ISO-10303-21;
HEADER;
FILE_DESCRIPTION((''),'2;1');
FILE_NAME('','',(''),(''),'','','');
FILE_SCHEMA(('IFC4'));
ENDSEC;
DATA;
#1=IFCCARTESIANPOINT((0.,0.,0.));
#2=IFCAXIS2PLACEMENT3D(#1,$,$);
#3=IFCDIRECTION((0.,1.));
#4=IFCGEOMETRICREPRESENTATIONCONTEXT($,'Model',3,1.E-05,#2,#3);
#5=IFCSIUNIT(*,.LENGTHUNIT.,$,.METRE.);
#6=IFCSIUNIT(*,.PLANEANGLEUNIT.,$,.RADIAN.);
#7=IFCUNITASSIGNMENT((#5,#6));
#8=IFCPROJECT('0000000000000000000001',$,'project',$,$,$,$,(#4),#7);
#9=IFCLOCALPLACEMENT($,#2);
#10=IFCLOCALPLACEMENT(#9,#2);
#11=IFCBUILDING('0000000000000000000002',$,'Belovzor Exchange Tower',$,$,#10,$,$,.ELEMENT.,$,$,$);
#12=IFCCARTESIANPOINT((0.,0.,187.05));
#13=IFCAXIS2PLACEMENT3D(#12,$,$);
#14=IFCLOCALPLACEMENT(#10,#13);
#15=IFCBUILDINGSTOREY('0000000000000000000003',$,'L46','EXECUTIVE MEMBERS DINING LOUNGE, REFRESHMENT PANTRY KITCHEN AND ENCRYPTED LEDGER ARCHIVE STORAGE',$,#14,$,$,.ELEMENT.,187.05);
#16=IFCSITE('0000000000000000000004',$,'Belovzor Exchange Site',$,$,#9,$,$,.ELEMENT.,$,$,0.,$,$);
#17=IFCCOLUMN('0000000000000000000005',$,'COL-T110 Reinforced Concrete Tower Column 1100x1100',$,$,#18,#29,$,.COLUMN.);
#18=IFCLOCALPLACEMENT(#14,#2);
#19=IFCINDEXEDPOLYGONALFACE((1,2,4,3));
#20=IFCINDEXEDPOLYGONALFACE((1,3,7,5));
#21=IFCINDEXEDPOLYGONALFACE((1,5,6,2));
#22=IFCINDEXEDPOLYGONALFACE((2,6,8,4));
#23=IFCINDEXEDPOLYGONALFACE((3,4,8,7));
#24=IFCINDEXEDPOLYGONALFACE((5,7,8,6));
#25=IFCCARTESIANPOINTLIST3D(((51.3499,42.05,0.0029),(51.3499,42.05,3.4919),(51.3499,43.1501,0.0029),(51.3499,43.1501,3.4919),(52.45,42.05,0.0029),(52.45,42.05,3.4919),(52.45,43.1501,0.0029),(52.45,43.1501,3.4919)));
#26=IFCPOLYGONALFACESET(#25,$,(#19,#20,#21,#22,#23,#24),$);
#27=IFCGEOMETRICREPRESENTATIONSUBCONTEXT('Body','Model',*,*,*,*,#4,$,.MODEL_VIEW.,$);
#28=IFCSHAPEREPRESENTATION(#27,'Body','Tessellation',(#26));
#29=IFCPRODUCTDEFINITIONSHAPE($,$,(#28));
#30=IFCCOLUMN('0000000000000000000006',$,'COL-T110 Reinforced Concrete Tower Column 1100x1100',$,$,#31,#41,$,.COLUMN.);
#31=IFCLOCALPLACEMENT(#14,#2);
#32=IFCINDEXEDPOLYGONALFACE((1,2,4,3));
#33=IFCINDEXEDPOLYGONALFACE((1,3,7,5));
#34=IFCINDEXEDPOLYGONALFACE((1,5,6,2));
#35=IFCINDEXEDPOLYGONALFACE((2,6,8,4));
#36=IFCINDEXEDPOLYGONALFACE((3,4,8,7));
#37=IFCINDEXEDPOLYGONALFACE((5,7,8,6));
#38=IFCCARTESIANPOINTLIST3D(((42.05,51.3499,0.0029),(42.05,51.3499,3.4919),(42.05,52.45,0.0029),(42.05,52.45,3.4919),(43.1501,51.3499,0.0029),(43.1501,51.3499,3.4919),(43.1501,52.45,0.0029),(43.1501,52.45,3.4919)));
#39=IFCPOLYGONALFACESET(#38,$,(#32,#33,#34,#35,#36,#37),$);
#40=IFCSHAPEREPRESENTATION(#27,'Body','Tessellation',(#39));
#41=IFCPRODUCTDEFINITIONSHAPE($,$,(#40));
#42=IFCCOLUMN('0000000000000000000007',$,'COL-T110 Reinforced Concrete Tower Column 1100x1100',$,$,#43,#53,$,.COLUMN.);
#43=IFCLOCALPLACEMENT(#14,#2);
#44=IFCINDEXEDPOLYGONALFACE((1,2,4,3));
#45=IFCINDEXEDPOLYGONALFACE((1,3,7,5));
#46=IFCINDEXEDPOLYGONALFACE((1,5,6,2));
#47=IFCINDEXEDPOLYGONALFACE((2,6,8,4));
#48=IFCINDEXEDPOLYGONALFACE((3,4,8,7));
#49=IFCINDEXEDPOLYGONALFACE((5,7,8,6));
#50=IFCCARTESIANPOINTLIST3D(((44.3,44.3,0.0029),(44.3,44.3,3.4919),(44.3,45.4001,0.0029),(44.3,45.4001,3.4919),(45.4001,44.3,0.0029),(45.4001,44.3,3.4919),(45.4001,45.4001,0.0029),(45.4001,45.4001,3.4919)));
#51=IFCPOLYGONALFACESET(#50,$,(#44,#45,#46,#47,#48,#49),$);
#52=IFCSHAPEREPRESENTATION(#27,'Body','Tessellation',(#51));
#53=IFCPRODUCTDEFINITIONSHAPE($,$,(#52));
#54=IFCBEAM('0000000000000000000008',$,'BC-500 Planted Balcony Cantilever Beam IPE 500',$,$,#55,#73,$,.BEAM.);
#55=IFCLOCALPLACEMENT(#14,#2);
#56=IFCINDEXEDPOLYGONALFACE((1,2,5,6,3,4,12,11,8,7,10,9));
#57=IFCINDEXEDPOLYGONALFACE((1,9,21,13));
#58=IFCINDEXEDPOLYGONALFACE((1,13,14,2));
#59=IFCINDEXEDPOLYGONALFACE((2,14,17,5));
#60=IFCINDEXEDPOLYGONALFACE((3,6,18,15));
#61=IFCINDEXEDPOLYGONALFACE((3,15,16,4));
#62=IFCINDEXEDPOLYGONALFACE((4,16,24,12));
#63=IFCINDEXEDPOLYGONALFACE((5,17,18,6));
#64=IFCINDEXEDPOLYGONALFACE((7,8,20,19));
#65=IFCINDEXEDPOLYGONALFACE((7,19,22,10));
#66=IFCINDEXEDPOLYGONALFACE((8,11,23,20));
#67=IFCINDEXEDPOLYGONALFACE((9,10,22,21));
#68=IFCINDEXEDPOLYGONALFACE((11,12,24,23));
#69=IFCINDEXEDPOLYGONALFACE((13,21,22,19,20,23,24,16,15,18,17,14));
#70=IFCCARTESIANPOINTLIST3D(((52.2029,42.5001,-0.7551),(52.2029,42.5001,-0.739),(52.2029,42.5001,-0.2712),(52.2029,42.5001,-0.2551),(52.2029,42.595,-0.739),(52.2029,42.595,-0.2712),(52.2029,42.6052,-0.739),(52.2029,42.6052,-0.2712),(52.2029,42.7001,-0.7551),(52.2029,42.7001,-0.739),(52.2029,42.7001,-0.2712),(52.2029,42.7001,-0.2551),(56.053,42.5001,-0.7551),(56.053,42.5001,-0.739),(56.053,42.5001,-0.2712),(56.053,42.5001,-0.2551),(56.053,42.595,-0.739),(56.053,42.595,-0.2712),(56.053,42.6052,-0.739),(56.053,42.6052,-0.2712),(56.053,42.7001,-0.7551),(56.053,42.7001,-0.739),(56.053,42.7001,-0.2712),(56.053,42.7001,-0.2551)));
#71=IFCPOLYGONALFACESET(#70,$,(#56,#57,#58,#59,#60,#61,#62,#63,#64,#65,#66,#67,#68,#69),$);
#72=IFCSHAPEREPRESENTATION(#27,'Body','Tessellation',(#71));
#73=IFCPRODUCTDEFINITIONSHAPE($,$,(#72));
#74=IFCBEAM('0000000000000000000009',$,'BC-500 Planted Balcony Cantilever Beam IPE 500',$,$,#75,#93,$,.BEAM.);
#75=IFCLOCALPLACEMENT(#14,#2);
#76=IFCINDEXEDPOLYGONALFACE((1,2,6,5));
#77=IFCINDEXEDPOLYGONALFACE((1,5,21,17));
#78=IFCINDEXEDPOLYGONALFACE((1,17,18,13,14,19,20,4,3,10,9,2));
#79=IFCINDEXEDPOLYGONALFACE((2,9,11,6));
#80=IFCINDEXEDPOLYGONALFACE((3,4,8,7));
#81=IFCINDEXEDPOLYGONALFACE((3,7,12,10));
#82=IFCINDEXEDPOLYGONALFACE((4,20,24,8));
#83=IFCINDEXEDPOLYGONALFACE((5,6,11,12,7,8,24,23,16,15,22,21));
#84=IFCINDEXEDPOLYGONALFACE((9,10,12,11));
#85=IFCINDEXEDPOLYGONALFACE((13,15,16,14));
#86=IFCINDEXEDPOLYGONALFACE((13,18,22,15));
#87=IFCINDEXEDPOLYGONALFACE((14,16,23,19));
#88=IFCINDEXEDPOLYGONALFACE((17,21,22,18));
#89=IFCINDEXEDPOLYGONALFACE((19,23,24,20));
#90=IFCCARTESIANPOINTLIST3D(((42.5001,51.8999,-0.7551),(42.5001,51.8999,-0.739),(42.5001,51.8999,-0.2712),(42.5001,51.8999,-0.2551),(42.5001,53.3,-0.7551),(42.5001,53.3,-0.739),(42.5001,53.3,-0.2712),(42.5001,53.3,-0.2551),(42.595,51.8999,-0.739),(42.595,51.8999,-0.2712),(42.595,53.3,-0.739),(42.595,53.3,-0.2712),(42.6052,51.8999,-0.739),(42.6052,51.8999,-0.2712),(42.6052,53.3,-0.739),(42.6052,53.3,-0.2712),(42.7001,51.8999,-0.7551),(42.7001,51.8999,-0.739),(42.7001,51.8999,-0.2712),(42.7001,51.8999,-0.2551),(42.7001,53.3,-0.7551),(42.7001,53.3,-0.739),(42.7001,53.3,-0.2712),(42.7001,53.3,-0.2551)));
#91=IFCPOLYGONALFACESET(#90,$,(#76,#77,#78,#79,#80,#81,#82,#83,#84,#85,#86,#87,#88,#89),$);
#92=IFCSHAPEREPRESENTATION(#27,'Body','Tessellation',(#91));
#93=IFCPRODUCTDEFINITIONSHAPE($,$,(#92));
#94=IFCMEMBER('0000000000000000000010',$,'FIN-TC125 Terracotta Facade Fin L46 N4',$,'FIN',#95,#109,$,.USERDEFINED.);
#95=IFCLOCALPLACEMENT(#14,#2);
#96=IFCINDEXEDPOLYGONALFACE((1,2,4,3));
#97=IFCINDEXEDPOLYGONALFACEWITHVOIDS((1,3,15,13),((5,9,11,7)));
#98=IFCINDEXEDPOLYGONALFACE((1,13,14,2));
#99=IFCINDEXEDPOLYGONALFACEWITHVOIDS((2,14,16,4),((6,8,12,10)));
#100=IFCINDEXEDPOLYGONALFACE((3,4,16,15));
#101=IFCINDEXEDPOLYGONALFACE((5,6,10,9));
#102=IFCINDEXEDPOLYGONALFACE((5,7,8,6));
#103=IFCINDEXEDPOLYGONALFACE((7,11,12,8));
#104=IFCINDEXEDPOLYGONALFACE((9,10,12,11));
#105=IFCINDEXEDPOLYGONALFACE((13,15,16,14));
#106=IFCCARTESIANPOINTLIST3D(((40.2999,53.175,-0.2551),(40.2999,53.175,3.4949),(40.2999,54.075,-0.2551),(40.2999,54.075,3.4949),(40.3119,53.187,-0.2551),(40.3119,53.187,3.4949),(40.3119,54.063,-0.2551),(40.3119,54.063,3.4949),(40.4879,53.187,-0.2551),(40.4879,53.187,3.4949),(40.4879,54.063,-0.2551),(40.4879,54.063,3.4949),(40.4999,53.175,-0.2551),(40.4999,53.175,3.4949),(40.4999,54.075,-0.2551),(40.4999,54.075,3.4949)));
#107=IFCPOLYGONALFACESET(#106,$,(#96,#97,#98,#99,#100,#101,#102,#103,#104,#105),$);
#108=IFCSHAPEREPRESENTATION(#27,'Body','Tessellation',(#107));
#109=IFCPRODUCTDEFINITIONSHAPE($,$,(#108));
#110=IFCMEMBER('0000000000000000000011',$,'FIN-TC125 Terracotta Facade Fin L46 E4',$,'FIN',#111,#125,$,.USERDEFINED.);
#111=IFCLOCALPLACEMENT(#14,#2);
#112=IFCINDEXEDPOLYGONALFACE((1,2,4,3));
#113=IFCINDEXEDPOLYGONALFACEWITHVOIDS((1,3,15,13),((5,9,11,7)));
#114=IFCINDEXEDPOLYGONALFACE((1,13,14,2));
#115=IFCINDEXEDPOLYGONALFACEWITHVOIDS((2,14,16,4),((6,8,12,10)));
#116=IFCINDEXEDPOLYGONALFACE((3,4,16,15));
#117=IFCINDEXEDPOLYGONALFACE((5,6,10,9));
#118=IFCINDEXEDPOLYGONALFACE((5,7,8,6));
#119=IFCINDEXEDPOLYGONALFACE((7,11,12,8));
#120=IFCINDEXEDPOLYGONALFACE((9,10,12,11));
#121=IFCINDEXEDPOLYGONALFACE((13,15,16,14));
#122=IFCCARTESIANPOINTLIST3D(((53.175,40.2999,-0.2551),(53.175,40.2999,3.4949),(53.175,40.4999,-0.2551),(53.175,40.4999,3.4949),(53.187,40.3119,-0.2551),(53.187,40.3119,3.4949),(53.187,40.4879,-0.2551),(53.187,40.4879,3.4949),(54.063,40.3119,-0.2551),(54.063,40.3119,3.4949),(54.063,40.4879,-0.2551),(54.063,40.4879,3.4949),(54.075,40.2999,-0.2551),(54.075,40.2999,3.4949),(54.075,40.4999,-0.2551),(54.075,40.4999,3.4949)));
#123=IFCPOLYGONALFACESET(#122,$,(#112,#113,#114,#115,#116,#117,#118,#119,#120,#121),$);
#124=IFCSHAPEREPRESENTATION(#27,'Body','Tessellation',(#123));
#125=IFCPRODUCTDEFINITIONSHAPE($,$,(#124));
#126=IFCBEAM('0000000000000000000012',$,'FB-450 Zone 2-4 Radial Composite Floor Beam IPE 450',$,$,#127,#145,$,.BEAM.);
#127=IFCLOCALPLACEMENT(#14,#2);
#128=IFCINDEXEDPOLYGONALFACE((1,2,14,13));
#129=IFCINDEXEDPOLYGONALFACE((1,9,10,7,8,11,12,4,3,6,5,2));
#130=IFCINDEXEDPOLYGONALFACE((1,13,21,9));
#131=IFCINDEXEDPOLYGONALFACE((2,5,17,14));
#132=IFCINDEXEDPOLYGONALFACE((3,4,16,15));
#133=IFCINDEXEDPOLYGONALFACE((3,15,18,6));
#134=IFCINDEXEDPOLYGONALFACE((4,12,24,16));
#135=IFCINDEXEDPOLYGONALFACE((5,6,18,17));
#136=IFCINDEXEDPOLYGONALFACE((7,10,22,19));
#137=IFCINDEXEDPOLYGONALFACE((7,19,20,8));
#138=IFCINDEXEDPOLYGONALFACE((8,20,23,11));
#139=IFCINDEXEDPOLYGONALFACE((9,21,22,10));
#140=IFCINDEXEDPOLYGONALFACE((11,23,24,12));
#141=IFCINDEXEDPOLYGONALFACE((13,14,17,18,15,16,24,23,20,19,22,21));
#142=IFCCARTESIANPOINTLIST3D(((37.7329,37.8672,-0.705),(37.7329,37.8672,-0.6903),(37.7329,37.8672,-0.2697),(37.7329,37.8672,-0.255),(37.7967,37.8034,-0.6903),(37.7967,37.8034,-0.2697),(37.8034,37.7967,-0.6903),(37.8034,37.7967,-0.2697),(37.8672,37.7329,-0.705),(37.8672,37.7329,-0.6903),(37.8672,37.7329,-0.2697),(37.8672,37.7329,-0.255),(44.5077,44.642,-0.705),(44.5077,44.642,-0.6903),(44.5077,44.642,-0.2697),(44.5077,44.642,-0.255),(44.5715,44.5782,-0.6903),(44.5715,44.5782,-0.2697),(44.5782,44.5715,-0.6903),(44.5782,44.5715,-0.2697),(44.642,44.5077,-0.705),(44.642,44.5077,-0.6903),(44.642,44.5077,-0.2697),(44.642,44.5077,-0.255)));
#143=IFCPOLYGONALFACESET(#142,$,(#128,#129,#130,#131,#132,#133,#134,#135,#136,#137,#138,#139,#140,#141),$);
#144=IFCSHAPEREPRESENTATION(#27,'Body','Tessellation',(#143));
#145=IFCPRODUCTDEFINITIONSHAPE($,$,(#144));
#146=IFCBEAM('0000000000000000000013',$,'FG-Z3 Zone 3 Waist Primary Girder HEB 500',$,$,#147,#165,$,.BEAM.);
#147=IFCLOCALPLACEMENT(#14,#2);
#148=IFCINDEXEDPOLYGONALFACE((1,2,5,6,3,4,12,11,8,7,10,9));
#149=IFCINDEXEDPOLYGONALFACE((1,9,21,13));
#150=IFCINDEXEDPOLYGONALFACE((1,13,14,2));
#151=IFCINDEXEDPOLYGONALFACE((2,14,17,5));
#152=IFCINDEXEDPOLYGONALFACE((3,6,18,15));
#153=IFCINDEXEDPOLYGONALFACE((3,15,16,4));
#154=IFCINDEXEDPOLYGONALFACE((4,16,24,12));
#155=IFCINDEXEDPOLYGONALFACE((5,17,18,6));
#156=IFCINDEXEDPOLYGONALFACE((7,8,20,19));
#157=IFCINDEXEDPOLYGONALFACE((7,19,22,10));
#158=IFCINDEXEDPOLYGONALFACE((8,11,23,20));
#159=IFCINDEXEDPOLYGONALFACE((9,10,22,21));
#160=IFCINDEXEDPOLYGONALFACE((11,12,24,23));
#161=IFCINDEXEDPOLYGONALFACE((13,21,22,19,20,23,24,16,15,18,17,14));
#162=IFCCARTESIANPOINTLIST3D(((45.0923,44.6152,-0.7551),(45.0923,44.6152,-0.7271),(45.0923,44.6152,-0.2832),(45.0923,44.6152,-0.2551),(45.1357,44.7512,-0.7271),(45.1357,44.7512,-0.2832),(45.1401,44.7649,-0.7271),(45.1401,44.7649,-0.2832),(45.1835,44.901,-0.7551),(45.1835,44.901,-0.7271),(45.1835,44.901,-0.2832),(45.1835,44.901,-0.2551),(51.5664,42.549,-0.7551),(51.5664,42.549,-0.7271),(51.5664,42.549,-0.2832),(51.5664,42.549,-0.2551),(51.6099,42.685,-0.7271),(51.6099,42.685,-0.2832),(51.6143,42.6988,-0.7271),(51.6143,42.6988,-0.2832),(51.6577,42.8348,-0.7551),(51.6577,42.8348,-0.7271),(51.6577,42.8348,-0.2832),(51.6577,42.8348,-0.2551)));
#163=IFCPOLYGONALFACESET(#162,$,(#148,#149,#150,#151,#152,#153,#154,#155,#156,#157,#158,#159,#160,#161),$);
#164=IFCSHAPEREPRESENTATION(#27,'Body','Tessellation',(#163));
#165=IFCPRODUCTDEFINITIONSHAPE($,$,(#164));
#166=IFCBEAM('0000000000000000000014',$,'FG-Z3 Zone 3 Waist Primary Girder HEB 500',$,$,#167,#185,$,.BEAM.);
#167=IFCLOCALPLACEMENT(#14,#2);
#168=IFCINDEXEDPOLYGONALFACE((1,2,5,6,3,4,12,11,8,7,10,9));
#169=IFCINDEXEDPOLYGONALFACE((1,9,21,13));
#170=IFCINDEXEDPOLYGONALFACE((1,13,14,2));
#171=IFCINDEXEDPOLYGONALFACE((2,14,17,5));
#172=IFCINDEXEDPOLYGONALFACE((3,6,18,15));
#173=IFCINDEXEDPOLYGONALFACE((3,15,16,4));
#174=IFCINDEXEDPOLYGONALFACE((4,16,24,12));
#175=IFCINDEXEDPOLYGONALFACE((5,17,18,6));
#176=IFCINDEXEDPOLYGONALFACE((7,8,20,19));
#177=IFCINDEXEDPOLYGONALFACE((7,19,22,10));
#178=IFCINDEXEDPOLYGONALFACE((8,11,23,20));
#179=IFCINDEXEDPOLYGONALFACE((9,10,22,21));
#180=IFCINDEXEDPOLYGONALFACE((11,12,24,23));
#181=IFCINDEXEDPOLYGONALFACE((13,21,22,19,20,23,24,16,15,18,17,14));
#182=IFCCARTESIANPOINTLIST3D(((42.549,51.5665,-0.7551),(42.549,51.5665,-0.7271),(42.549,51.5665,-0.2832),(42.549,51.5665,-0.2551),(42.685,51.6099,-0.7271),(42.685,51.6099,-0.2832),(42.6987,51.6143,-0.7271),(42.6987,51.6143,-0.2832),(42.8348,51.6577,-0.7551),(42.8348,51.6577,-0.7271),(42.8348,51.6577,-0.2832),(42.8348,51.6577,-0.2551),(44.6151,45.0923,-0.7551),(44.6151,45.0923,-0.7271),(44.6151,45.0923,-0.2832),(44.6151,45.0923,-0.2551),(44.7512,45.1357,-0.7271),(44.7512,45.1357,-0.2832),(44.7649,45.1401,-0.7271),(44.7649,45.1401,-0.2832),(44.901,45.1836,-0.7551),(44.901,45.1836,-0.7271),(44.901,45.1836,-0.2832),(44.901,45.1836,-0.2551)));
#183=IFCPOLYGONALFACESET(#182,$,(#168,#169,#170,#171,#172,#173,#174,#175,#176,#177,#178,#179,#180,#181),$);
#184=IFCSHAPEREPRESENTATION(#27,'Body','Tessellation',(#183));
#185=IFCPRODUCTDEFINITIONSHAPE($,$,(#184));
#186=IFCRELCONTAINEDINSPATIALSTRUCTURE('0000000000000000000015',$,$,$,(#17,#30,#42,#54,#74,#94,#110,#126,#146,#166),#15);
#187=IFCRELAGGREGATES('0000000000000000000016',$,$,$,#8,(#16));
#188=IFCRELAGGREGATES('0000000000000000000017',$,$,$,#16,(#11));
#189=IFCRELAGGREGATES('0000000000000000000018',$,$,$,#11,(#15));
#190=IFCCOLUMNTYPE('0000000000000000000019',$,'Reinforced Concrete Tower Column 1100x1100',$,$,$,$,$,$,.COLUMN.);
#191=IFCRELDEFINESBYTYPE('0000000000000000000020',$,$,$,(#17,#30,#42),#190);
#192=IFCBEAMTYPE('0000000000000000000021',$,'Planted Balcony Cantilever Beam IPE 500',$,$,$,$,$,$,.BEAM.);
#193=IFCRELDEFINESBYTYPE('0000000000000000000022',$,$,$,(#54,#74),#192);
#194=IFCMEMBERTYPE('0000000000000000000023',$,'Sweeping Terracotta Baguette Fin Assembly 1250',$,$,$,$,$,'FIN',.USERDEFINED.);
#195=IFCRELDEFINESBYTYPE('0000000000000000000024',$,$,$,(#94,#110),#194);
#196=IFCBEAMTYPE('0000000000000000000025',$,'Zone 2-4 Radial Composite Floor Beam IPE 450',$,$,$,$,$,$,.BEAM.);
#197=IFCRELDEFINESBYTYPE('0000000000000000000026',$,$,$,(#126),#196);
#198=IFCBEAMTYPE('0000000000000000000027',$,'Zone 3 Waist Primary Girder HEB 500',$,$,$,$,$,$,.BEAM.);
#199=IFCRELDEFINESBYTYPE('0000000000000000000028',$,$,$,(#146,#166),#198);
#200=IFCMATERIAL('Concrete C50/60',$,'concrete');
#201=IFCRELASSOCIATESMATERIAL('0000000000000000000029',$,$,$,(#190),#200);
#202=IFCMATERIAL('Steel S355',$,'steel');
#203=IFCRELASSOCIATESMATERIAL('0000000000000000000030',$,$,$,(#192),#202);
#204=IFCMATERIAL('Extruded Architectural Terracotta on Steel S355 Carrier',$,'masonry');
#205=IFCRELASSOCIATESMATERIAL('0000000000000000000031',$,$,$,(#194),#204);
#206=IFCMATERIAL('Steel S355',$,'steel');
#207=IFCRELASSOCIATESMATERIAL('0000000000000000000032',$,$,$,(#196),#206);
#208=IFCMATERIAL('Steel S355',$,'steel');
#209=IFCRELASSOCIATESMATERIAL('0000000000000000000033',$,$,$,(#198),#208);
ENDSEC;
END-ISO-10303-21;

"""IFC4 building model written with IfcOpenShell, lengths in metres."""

from ifc_helpers import new_model, si_unit, direction, frame, origin, origin_2d, place, context, subcontext, project, spatial, rectangle, hollow_rectangle, i_section, extrude, material, material_profile, profile_set, type_object, element, save


model = new_model("IFC4")

# Units and contexts
model_context = context("Model", 3, precision=1e-05, world=origin(), true_north=direction((0.0, 1.0)))
body_context = subcontext(model_context, "Body", "Model", "MODEL_VIEW")
ifc_project = project(units=[si_unit("LENGTHUNIT", "METRE"), si_unit("PLANEANGLEUNIT", "RADIAN")], contexts=[model_context])

# Site, building, storey
site_placement = place(None, origin())
site = spatial("IfcSite", under=ifc_project, at=site_placement, Name="Belovzor Exchange Site", CompositionType="ELEMENT", RefElevation=0.0)
building_placement = place(site_placement, origin())
building = spatial("IfcBuilding", under=site, at=building_placement, Name="Belovzor Exchange Tower", CompositionType="ELEMENT")
storey_placement = place(building_placement, frame((0.0, 0.0, 187.05)))
storey = spatial("IfcBuildingStorey", under=building, at=storey_placement, Name="L46", Description="EXECUTIVE MEMBERS DINING LOUNGE, REFRESHMENT PANTRY KITCHEN AND ENCRYPTED LEDGER ARCHIVE STORAGE", CompositionType="ELEMENT", Elevation=187.05)

# Columns
ifc_material_1 = material(Name="Concrete C50/60", Category="concrete")
ifc_material_profile_1 = material_profile(ifc_material_1, rectangle(XDim=1.1001, YDim=1.1001, at=origin_2d()))
ifc_profile_set_1 = profile_set([ifc_material_profile_1], Name="Concrete C50/60")
column_type = type_object("IfcColumnType", Name="Reinforced Concrete Tower Column 1100x1100", PredefinedType="COLUMN", material=ifc_profile_set_1)
for number, where, z_axis, x_axis, name in (
    (1, (51.8999, 42.6001, 0.0029), (0.0, 0.0, 1.0), (1.0, 0.0, 0.0), "COL-T110 Reinforced Concrete Tower Column 1100x1100"),
    (2, (42.6001, 51.8999, 0.0029), (0.0, 0.0, 1.0), (1.0, 0.0, 0.0), "COL-T110 Reinforced Concrete Tower Column 1100x1100"),
    (3, (44.8501, 44.8501, 0.0029), (0.0, 0.0, 1.0), (1.0, 0.0, 0.0), "COL-T110 Reinforced Concrete Tower Column 1100x1100"),
):
    element("IfcColumn", number, at=place(storey_placement, frame(where, z_axis=z_axis, x_axis=x_axis)), inside=storey, type_object=column_type, Name=name, PredefinedType="COLUMN", context=body_context, shape_type="SweptSolid", body=[
        extrude(rectangle(XDim=1.1001, YDim=1.1001, at=origin_2d()), origin(), (0.0, 0.0, 1.0), 3.489),
    ])

# Beams
ifc_material_2 = material(Name="Steel S355", Category="steel")
ifc_material_profile_2 = material_profile(ifc_material_2, i_section(OverallWidth=0.2, OverallDepth=0.5, WebThickness=0.0103, FlangeThickness=0.0161, at=origin_2d()))
ifc_profile_set_2 = profile_set([ifc_material_profile_2], Name="Steel S355")
beam_type_1 = type_object("IfcBeamType", Name="Planted Balcony Cantilever Beam IPE 500", PredefinedType="BEAM", material=ifc_profile_set_2)
beam_1_placement = place(storey_placement, frame((52.2029, 42.6001, -0.5051), z_axis=(1.0, 0.0, 0.0), x_axis=(0.0, 1.0, 0.0)))
element("IfcBeam", 4, at=beam_1_placement, inside=storey, type_object=beam_type_1, Name="BC-500 Planted Balcony Cantilever Beam IPE 500", PredefinedType="BEAM", context=body_context, shape_type="SweptSolid", body=[
    extrude(i_section(OverallWidth=0.2, OverallDepth=0.5, WebThickness=0.0103, FlangeThickness=0.0161, at=origin_2d()), origin(), (0.0, 0.0, 1.0), 3.8501),
])
beam_2_placement = place(storey_placement, frame((42.6001, 51.8999, -0.5051), z_axis=(0.0, 1.0, 0.0), x_axis=(-1.0, 0.0, 0.0)))
element("IfcBeam", 5, at=beam_2_placement, inside=storey, type_object=beam_type_1, Name="BC-500 Planted Balcony Cantilever Beam IPE 500", PredefinedType="BEAM", context=body_context, shape_type="SweptSolid", body=[
    extrude(i_section(OverallWidth=0.2, OverallDepth=0.5, WebThickness=0.0103, FlangeThickness=0.0161, at=origin_2d()), origin(), (0.0, 0.0, 1.0), 1.4001),
])

# Members
ifc_material_3 = material(Name="Extruded Architectural Terracotta on Steel S355 Carrier", Category="masonry")
ifc_material_profile_3 = material_profile(ifc_material_3, hollow_rectangle(XDim=0.2, YDim=0.8999, WallThickness=0.012, at=origin_2d()))
ifc_profile_set_3 = profile_set([ifc_material_profile_3], Name="Extruded Architectural Terracotta on Steel S355 Carrier")
member_type = type_object("IfcMemberType", Name="Sweeping Terracotta Baguette Fin Assembly 1250", ElementType="FIN", PredefinedType="USERDEFINED", material=ifc_profile_set_3)
for number, where, z_axis, x_axis, name in (
    (6, (40.3999, 53.625, -0.2551), (0.0, 0.0, 1.0), (1.0, 0.0, 0.0), "FIN-TC125 Terracotta Facade Fin L46 N4"),
    (7, (53.625, 40.3999, -0.2551), (0.0, 0.0, 1.0), (0.0, 1.0, 0.0), "FIN-TC125 Terracotta Facade Fin L46 E4"),
):
    element("IfcMember", number, at=place(storey_placement, frame(where, z_axis=z_axis, x_axis=x_axis)), inside=storey, type_object=member_type, Name=name, ObjectType="FIN", PredefinedType="USERDEFINED", context=body_context, shape_type="SweptSolid", body=[
        extrude(hollow_rectangle(XDim=0.2, YDim=0.8999, WallThickness=0.012, at=origin_2d()), origin(), (0.0, 0.0, 1.0), 3.75),
    ])

# Beams
ifc_material_4 = material(Name="Steel S355", Category="steel")
ifc_material_profile_4 = material_profile(ifc_material_4, i_section(OverallWidth=0.1899, OverallDepth=0.45, WebThickness=0.0095, FlangeThickness=0.0146, at=origin_2d()))
ifc_profile_set_4 = profile_set([ifc_material_profile_4], Name="Steel S355")
beam_type_2 = type_object("IfcBeamType", Name="Zone 2-4 Radial Composite Floor Beam IPE 450", PredefinedType="BEAM", material=ifc_profile_set_4)
beam_3_placement = place(storey_placement, frame((37.8, 37.8, -0.48), z_axis=(0.707107, 0.707107, 0.0), x_axis=(-0.707107, 0.707107, 0.0)))
element("IfcBeam", 8, at=beam_3_placement, inside=storey, type_object=beam_type_2, Name="FB-450 Zone 2-4 Radial Composite Floor Beam IPE 450", PredefinedType="BEAM", context=body_context, shape_type="SweptSolid", body=[
    extrude(i_section(OverallWidth=0.1899, OverallDepth=0.45, WebThickness=0.0095, FlangeThickness=0.0146, at=origin_2d()), origin(), (0.0, 0.0, 1.0), 9.5811),
])
ifc_material_5 = material(Name="Steel S355", Category="steel")
ifc_material_profile_5 = material_profile(ifc_material_5, i_section(OverallWidth=0.3, OverallDepth=0.5, WebThickness=0.0144, FlangeThickness=0.0281, at=origin_2d()))
ifc_profile_set_5 = profile_set([ifc_material_profile_5], Name="Steel S355")
beam_type_3 = type_object("IfcBeamType", Name="Zone 3 Waist Primary Girder HEB 500", PredefinedType="BEAM", material=ifc_profile_set_5)
for number, where, z_axis, x_axis, name in (
    (9, (51.6121, 42.6919, -0.5051), (-0.952661, 0.304034, 0.0), (-0.304034, -0.952661, 0.0), "FG-Z3 Zone 3 Waist Primary Girder HEB 500"),
    (10, (44.7581, 45.1379, -0.5051), (-0.304034, 0.952661, 0.0), (-0.952661, -0.304034, 0.0), "FG-Z3 Zone 3 Waist Primary Girder HEB 500"),
):
    element("IfcBeam", number, at=place(storey_placement, frame(where, z_axis=z_axis, x_axis=x_axis)), inside=storey, type_object=beam_type_3, Name=name, PredefinedType="BEAM", context=body_context, shape_type="SweptSolid", body=[
        extrude(i_section(OverallWidth=0.3, OverallDepth=0.5, WebThickness=0.0144, FlangeThickness=0.0281, at=origin_2d()), origin(), (0.0, 0.0, 1.0), 6.7959),
    ])

save(model, "model.ifc")
